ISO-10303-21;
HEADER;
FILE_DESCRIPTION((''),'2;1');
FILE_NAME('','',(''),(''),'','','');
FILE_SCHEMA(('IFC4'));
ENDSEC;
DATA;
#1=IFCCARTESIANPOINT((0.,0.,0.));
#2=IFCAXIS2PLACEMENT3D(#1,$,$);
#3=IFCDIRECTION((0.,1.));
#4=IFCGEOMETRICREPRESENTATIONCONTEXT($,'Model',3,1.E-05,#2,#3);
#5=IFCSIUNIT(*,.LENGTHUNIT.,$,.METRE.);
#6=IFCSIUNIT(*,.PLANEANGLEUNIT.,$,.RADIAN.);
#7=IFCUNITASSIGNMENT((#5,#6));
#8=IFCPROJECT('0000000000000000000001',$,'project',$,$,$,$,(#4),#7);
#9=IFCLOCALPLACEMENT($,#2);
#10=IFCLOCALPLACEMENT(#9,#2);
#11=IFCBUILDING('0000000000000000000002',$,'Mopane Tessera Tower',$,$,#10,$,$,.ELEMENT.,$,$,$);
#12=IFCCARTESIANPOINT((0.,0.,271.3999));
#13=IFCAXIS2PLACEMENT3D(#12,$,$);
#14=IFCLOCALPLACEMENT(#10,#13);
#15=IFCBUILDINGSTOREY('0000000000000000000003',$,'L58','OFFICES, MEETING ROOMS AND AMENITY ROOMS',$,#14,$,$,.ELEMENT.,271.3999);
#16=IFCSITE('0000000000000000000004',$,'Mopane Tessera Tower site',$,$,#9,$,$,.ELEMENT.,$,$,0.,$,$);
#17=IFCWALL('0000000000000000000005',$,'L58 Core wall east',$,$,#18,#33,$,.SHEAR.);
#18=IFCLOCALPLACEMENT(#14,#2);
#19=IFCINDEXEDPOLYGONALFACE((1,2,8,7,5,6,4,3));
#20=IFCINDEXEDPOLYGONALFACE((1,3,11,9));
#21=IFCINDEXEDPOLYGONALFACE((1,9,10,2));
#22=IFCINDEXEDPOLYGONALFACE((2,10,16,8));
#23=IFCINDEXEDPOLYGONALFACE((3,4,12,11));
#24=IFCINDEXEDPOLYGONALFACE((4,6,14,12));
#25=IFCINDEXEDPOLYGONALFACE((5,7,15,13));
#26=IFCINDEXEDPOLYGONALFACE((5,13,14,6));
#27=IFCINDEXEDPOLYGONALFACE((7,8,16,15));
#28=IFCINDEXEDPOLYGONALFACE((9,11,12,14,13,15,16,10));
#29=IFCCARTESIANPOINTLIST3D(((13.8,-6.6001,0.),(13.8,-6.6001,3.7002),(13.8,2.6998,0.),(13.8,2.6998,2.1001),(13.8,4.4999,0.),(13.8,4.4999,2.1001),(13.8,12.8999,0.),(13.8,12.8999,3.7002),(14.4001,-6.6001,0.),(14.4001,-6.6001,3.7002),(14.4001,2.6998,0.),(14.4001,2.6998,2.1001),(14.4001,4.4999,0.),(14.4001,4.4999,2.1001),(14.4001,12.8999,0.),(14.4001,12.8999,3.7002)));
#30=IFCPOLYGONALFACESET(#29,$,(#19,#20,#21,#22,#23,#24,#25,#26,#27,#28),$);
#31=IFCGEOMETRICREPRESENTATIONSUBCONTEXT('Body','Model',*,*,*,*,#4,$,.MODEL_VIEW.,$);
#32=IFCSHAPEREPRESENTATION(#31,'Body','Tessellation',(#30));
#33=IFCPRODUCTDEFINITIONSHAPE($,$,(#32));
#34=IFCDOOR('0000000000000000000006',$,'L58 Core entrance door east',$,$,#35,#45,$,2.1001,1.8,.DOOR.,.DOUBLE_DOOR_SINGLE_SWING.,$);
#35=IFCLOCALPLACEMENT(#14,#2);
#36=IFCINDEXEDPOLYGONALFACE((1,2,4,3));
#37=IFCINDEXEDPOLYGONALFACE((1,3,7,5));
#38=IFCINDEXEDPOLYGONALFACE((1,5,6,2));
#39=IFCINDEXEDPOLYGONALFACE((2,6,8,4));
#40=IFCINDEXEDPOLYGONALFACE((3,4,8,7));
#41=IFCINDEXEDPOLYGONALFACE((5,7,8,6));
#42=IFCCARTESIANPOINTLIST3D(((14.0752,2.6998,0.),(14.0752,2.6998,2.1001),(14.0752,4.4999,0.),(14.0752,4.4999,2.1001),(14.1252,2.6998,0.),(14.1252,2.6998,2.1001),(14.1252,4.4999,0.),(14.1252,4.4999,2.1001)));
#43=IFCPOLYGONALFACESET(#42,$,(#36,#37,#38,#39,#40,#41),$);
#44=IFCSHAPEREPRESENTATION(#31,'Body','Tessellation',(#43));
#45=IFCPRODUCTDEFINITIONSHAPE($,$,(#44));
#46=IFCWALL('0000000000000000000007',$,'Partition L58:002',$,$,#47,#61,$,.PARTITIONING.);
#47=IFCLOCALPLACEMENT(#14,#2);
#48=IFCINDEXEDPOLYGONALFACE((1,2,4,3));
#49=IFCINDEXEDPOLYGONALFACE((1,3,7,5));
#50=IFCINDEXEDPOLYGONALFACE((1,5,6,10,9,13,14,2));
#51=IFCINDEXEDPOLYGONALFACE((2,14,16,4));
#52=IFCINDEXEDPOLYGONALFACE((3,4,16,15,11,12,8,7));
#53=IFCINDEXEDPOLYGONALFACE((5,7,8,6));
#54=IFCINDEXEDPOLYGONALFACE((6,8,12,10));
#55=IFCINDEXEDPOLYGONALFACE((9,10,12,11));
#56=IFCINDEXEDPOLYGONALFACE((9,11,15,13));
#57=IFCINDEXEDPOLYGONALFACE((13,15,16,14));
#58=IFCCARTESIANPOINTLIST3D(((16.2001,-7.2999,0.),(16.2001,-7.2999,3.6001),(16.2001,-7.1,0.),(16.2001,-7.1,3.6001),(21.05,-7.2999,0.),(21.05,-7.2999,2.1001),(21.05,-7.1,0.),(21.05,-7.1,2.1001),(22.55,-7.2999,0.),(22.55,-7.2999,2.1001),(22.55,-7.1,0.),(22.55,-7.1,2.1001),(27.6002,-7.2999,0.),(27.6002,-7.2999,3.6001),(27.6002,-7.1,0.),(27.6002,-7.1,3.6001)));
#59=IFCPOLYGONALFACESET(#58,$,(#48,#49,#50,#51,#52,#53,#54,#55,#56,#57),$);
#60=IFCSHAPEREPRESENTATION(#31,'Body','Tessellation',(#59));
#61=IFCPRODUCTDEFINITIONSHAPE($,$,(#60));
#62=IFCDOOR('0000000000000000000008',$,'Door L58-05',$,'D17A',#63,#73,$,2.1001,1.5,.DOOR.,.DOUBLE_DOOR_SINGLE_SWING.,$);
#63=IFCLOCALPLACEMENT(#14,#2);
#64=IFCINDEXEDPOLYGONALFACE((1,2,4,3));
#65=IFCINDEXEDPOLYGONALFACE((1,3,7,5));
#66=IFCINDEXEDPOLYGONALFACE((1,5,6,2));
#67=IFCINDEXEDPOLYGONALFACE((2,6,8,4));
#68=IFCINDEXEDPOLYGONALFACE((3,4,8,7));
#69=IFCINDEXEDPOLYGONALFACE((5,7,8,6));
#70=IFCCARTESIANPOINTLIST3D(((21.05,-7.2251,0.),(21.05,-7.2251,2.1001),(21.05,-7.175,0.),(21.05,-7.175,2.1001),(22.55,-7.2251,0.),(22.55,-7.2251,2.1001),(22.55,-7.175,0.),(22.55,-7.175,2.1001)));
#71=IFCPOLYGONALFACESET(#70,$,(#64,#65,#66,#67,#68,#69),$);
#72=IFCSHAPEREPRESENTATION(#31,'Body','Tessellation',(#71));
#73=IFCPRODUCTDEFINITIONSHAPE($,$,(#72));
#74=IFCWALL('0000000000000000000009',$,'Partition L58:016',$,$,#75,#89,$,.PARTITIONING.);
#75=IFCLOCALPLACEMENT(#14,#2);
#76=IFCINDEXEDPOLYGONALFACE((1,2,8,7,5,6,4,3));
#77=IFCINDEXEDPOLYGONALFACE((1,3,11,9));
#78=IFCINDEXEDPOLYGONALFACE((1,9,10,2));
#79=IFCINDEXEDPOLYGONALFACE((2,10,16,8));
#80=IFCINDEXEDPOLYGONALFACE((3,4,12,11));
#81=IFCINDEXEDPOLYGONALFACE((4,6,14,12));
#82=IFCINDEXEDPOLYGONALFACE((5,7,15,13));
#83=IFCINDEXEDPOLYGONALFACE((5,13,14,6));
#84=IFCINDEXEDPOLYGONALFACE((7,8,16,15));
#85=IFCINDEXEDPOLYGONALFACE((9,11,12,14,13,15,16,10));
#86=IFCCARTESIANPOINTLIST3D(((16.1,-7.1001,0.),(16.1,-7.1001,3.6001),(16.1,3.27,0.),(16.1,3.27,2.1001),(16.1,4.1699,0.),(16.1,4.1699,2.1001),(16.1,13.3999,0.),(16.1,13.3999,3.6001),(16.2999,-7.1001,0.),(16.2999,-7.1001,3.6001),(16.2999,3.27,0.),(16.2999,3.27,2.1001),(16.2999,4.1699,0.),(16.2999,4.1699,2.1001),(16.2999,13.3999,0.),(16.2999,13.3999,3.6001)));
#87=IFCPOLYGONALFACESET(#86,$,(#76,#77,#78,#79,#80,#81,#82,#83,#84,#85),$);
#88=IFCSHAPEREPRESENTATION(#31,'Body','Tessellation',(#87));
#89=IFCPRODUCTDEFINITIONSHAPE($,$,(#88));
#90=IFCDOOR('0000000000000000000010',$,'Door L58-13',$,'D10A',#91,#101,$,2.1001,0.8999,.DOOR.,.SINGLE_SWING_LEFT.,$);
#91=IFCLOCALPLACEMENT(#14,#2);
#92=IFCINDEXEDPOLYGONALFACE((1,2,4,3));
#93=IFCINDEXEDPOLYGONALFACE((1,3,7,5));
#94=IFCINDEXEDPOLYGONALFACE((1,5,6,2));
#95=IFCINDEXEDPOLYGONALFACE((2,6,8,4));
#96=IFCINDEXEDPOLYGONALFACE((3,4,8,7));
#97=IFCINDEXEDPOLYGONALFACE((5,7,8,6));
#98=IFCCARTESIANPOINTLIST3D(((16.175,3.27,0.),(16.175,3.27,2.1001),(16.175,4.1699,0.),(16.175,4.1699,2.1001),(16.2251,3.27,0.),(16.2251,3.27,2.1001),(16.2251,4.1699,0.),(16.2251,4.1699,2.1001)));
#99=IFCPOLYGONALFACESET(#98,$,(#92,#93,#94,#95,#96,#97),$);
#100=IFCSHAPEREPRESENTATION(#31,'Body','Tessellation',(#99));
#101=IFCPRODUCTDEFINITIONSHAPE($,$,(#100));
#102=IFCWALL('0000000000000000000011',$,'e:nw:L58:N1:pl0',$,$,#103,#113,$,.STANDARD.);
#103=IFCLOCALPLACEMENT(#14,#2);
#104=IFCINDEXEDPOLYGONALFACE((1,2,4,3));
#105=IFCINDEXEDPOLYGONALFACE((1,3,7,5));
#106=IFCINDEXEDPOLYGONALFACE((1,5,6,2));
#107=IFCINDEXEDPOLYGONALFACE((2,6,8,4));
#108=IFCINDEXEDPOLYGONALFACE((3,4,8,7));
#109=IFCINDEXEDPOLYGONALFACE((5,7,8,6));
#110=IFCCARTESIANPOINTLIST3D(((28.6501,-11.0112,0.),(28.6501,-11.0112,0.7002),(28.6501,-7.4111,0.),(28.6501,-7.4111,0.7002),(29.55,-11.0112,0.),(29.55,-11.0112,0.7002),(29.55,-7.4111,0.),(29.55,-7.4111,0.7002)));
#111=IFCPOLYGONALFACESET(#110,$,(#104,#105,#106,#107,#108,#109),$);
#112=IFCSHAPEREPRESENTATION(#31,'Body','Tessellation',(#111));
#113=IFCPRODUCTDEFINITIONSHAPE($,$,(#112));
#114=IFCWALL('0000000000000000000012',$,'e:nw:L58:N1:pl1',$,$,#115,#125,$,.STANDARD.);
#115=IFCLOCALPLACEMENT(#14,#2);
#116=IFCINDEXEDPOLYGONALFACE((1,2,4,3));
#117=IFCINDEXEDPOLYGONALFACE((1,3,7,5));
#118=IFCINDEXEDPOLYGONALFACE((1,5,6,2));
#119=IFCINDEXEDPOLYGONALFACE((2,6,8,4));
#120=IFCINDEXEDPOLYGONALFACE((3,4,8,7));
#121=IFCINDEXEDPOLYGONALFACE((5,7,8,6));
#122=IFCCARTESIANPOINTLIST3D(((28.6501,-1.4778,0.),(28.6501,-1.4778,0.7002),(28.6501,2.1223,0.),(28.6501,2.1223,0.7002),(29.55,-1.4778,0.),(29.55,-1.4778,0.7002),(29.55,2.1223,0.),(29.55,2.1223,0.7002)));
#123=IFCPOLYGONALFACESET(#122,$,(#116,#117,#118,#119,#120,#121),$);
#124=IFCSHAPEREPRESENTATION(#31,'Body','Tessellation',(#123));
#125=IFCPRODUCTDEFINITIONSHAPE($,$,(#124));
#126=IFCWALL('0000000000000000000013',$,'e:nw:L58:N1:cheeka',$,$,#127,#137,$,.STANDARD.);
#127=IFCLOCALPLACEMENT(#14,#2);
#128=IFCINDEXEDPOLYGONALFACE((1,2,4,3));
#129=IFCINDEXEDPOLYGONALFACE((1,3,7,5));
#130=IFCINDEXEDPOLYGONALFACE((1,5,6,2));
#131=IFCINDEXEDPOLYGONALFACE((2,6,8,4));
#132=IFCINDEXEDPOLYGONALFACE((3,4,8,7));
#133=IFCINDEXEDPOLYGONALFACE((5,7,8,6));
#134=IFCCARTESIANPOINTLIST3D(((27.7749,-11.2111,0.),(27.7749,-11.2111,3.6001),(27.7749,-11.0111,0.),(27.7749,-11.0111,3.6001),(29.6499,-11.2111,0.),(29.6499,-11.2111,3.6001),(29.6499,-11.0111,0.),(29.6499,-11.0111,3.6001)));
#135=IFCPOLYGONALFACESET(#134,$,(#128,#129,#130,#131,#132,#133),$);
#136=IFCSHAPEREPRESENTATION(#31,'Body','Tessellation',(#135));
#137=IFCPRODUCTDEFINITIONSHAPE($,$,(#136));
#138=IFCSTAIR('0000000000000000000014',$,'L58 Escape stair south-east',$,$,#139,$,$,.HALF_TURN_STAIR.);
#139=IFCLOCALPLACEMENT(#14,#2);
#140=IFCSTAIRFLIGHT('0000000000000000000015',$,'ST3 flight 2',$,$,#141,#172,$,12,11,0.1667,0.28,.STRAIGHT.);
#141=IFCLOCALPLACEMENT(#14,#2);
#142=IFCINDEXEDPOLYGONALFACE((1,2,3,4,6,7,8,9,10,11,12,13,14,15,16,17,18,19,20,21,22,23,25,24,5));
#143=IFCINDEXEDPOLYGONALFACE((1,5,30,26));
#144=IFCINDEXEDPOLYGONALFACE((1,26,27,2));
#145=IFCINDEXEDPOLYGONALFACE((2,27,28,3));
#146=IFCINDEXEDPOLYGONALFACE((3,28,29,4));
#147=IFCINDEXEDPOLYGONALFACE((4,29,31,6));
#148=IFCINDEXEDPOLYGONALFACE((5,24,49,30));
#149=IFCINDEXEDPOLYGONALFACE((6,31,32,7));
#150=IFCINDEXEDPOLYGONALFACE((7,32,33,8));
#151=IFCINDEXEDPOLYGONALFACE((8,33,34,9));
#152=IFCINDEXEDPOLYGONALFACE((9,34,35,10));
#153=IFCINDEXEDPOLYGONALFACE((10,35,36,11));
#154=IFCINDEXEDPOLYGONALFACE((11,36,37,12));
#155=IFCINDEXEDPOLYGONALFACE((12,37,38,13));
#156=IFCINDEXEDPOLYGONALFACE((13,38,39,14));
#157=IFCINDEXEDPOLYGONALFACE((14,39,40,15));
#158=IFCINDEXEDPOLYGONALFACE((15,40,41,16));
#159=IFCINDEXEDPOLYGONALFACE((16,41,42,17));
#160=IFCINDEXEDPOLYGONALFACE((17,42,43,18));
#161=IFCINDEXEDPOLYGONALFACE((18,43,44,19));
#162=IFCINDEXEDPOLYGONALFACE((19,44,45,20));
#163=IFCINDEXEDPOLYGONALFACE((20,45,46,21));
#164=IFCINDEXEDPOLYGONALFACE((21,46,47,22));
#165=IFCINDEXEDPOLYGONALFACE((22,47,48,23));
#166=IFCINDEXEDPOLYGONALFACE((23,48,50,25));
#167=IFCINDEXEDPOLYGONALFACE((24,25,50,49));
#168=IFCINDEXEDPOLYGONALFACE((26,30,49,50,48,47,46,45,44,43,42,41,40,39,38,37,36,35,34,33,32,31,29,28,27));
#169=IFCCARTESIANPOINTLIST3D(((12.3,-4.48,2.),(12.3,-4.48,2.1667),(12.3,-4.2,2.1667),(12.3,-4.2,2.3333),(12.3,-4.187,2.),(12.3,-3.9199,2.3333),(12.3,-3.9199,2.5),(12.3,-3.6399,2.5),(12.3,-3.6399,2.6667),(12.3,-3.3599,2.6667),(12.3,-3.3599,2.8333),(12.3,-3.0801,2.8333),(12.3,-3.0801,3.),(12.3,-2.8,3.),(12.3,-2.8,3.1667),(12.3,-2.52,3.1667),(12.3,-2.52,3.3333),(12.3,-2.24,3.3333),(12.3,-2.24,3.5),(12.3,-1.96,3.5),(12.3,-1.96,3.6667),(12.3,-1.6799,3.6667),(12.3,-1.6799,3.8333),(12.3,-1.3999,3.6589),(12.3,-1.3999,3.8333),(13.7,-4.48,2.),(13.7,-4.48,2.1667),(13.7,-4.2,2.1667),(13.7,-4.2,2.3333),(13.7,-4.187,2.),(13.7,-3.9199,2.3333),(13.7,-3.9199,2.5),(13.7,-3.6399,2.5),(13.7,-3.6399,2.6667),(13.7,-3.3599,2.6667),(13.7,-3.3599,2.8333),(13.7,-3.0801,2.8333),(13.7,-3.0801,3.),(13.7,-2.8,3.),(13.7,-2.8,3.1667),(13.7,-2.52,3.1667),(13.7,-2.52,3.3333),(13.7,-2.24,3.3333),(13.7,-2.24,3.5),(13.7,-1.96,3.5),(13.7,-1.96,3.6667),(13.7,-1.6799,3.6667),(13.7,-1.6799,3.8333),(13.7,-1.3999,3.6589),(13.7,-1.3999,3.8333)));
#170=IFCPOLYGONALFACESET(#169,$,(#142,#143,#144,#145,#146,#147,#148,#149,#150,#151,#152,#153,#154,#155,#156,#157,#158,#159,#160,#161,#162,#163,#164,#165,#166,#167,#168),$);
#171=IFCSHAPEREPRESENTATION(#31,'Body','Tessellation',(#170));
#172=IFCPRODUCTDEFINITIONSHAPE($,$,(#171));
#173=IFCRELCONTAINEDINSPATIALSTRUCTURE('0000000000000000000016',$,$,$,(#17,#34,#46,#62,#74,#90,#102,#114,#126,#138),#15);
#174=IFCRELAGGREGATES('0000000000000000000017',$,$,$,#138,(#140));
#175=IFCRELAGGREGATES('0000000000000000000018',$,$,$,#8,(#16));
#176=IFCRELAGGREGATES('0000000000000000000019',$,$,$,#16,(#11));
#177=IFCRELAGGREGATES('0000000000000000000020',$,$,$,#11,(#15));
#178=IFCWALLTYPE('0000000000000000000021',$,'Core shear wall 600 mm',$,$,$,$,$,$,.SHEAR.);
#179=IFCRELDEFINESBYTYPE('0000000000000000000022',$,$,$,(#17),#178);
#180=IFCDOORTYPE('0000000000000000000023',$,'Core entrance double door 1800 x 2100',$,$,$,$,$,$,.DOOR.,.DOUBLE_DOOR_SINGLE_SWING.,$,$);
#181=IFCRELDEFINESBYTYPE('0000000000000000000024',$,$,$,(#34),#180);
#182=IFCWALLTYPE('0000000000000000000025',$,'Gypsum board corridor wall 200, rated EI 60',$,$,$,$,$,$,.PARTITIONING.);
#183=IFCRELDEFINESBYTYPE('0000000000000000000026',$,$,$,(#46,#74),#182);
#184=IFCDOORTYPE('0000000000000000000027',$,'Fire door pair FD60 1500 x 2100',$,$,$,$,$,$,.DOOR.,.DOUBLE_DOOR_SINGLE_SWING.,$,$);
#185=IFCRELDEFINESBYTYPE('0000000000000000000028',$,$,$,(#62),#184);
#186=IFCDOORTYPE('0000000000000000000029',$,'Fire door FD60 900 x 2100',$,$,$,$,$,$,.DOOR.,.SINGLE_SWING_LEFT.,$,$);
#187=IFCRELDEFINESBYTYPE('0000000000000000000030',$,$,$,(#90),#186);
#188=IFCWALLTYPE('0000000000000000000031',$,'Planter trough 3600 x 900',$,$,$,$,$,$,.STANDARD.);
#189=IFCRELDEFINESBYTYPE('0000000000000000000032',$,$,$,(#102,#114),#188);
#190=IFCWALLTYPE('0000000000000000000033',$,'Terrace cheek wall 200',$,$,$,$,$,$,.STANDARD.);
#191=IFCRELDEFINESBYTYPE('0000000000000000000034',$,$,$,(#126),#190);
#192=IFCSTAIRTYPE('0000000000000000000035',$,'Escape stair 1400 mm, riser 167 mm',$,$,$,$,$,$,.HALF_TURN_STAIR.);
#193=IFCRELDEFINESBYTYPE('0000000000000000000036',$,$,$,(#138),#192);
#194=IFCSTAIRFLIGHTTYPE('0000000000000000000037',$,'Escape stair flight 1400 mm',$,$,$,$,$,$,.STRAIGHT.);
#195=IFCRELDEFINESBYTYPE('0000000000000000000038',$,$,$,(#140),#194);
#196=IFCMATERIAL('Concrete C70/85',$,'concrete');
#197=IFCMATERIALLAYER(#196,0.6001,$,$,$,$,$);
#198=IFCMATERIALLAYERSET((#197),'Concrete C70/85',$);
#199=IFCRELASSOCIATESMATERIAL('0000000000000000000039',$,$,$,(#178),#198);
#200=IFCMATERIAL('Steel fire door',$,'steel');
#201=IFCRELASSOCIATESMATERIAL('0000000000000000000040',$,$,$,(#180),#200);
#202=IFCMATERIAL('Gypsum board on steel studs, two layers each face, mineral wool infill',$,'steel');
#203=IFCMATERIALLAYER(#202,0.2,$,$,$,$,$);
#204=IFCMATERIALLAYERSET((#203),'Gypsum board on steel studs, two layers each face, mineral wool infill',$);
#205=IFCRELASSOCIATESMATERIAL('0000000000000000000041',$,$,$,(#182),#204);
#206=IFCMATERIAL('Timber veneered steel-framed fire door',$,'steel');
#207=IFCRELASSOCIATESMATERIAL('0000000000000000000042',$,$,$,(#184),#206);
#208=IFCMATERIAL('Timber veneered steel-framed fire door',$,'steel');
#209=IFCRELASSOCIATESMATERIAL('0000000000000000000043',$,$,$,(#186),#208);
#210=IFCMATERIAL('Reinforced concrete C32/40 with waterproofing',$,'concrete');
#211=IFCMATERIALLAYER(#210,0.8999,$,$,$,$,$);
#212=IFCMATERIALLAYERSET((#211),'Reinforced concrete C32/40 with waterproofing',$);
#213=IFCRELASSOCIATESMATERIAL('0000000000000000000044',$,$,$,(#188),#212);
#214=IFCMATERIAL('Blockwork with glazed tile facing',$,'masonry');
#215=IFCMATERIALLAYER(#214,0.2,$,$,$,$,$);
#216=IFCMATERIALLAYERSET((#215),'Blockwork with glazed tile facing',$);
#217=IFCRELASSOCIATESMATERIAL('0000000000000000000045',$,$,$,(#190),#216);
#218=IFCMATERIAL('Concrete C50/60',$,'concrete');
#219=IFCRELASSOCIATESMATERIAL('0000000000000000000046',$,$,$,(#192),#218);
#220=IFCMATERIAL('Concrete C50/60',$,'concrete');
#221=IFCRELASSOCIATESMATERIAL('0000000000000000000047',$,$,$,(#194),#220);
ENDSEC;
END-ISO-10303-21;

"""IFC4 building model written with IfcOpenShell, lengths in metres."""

from ifc_helpers import new_model, si_unit, direction, frame, frame_2d, origin, place, context, subcontext, project, spatial, polyline, rectangle, outline, extrude, material, layer, layer_set, type_object, element, fill, aggregate, save


model = new_model("IFC4")

# Units and contexts
model_context = context("Model", 3, precision=1e-05, world=origin(), true_north=direction((0.0, 1.0)))
body_context = subcontext(model_context, "Body", "Model", "MODEL_VIEW")
ifc_project = project(units=[si_unit("LENGTHUNIT", "METRE"), si_unit("PLANEANGLEUNIT", "RADIAN")], contexts=[model_context])

# Site, building, storey
site_placement = place(None, origin())
site = spatial("IfcSite", under=ifc_project, at=site_placement, Name="Mopane Tessera Tower site", CompositionType="ELEMENT", RefElevation=0.0)
building_placement = place(site_placement, origin())
building = spatial("IfcBuilding", under=site, at=building_placement, Name="Mopane Tessera Tower", CompositionType="ELEMENT")
storey_placement = place(building_placement, frame((0.0, 0.0, 271.3999)))
storey = spatial("IfcBuildingStorey", under=building, at=storey_placement, Name="L58", Description="OFFICES, MEETING ROOMS AND AMENITY ROOMS", CompositionType="ELEMENT", Elevation=271.3999)

# Walls, openings, doors
ifc_material_1 = material(Name="Concrete C70/85", Category="concrete")
ifc_layer_1 = layer(ifc_material_1, 0.6001)
ifc_layer_set_1 = layer_set([ifc_layer_1], Name="Concrete C70/85")
wall_type_1 = type_object("IfcWallType", Name="Core shear wall 600 mm", PredefinedType="SHEAR", material=ifc_layer_set_1)
wall_1_placement = place(storey_placement, frame((14.1001, -6.6001, 0.0), z_axis=(0.0, 0.0, 1.0), x_axis=(0.0, 1.0, 0.0)))
wall_1 = element("IfcWall", 1, at=wall_1_placement, inside=storey, type_object=wall_type_1, Name="L58 Core wall east", PredefinedType="SHEAR", context=body_context, shape_type="SweptSolid", body=[
    extrude(rectangle(XDim=19.5, YDim=0.6001, at=frame_2d((9.75, 0.0))), origin(), (0.0, 0.0, 1.0), 3.7002),
])
opening_1_placement = place(wall_1_placement, frame((9.3, 0.0, 0.0)))
opening_1 = element("IfcOpeningElement", 2, at=opening_1_placement, cuts=wall_1, PredefinedType="OPENING", context=body_context, shape_type="SweptSolid", body=[
    extrude(rectangle(XDim=1.8, YDim=2.1001, at=frame_2d((0.8999, 1.05))), frame((0.0, 0.312, 0.0), z_axis=(0.0, -1.0, 0.0), x_axis=(1.0, 0.0, 0.0)), (0.0, 0.0, 1.0), 0.624),
])
ifc_material_2 = material(Name="Steel fire door", Category="steel")
door_type_1 = type_object("IfcDoorType", Name="Core entrance double door 1800 x 2100", OperationType="DOUBLE_DOOR_SINGLE_SWING", PredefinedType="DOOR", material=ifc_material_2)
door_1_placement = place(opening_1_placement, origin())
door_1 = element("IfcDoor", 3, at=door_1_placement, inside=storey, type_object=door_type_1, Name="L58 Core entrance door east", OperationType="DOUBLE_DOOR_SINGLE_SWING", OverallHeight=2.1001, OverallWidth=1.8, PredefinedType="DOOR", context=body_context, shape_type="SweptSolid", body=[
    extrude(rectangle(XDim=1.8, YDim=2.1001, at=frame_2d((0.8999, 1.05))), frame((0.0, 0.0249, 0.0), z_axis=(0.0, -1.0, 0.0), x_axis=(1.0, 0.0, 0.0)), (0.0, 0.0, 1.0), 0.05),
])
fill(opening_1, door_1)
ifc_material_3 = material(Name="Gypsum board on steel studs, two layers each face, mineral wool infill", Category="steel")
ifc_layer_2 = layer(ifc_material_3, 0.2)
ifc_layer_set_2 = layer_set([ifc_layer_2], Name="Gypsum board on steel studs, two layers each face, mineral wool infill")
wall_type_2 = type_object("IfcWallType", Name="Gypsum board corridor wall 200, rated EI 60", PredefinedType="PARTITIONING", material=ifc_layer_set_2)
wall_2_placement = place(storey_placement, frame((16.2, -7.2, 0.0), z_axis=(0.0, 0.0, 1.0), x_axis=(1.0, 0.0, 0.0)))
wall_2 = element("IfcWall", 4, at=wall_2_placement, inside=storey, type_object=wall_type_2, Name="Partition L58:002", PredefinedType="PARTITIONING", context=body_context, shape_type="SweptSolid", body=[
    extrude(rectangle(XDim=11.4001, YDim=0.2, at=frame_2d((5.7002, 0.0))), origin(), (0.0, 0.0, 1.0), 3.6001),
])
opening_2_placement = place(wall_2_placement, frame((4.8501, 0.0, 0.0)))
opening_2 = element("IfcOpeningElement", 5, at=opening_2_placement, cuts=wall_2, PredefinedType="OPENING", context=body_context, shape_type="SweptSolid", body=[
    extrude(rectangle(XDim=1.5, YDim=2.1001, at=frame_2d((0.75, 1.05))), frame((0.0, 0.1121, 0.0), z_axis=(0.0, -1.0, 0.0), x_axis=(1.0, 0.0, 0.0)), (0.0, 0.0, 1.0), 0.2239),
])
ifc_material_4 = material(Name="Timber veneered steel-framed fire door", Category="steel")
door_type_2 = type_object("IfcDoorType", Name="Fire door pair FD60 1500 x 2100", OperationType="DOUBLE_DOOR_SINGLE_SWING", PredefinedType="DOOR", material=ifc_material_4)
door_2_placement = place(opening_2_placement, origin())
door_2 = element("IfcDoor", 6, at=door_2_placement, inside=storey, type_object=door_type_2, Name="Door L58-05", ObjectType="D17A", OperationType="DOUBLE_DOOR_SINGLE_SWING", OverallHeight=2.1001, OverallWidth=1.5, PredefinedType="DOOR", context=body_context, shape_type="SweptSolid", body=[
    extrude(rectangle(XDim=1.5, YDim=2.1001, at=frame_2d((0.75, 1.05))), frame((0.0, 0.0249, 0.0), z_axis=(0.0, -1.0, 0.0), x_axis=(1.0, 0.0, 0.0)), (0.0, 0.0, 1.0), 0.05),
])
fill(opening_2, door_2)
wall_3_placement = place(storey_placement, frame((16.2, -7.1001, 0.0), z_axis=(0.0, 0.0, 1.0), x_axis=(0.0, 1.0, 0.0)))
wall_3 = element("IfcWall", 7, at=wall_3_placement, inside=storey, type_object=wall_type_2, Name="Partition L58:016", PredefinedType="PARTITIONING", context=body_context, shape_type="SweptSolid", body=[
    extrude(rectangle(XDim=20.5, YDim=0.2, at=frame_2d((10.25, 0.0))), origin(), (0.0, 0.0, 1.0), 3.6001),
])
opening_3_placement = place(wall_3_placement, frame((10.3701, 0.0, 0.0)))
opening_3 = element("IfcOpeningElement", 8, at=opening_3_placement, cuts=wall_3, PredefinedType="OPENING", context=body_context, shape_type="SweptSolid", body=[
    extrude(rectangle(XDim=0.8999, YDim=2.1001, at=frame_2d((0.45, 1.05))), frame((0.0, 0.1121, 0.0), z_axis=(0.0, -1.0, 0.0), x_axis=(1.0, 0.0, 0.0)), (0.0, 0.0, 1.0), 0.2239),
])
ifc_material_5 = material(Name="Timber veneered steel-framed fire door", Category="steel")
door_type_3 = type_object("IfcDoorType", Name="Fire door FD60 900 x 2100", OperationType="SINGLE_SWING_LEFT", PredefinedType="DOOR", material=ifc_material_5)
door_3_placement = place(opening_3_placement, origin())
door_3 = element("IfcDoor", 9, at=door_3_placement, inside=storey, type_object=door_type_3, Name="Door L58-13", ObjectType="D10A", OperationType="SINGLE_SWING_LEFT", OverallHeight=2.1001, OverallWidth=0.8999, PredefinedType="DOOR", context=body_context, shape_type="SweptSolid", body=[
    extrude(rectangle(XDim=0.8999, YDim=2.1001, at=frame_2d((0.45, 1.05))), frame((0.0, 0.0249, 0.0), z_axis=(0.0, -1.0, 0.0), x_axis=(1.0, 0.0, 0.0)), (0.0, 0.0, 1.0), 0.05),
])
fill(opening_3, door_3)

# Walls
ifc_material_6 = material(Name="Reinforced concrete C32/40 with waterproofing", Category="concrete")
ifc_layer_3 = layer(ifc_material_6, 0.8999)
ifc_layer_set_3 = layer_set([ifc_layer_3], Name="Reinforced concrete C32/40 with waterproofing")
wall_type_3 = type_object("IfcWallType", Name="Planter trough 3600 x 900", PredefinedType="STANDARD", material=ifc_layer_set_3)
for number, where, z_axis, x_axis, name in (
    (10, (29.1001, -11.0112, 0.0), (0.0, 0.0, 1.0), (0.0, 1.0, 0.0), "e:nw:L58:N1:pl0"),
    (11, (29.1001, -1.4778, 0.0), (0.0, 0.0, 1.0), (0.0, 1.0, 0.0), "e:nw:L58:N1:pl1"),
):
    element("IfcWall", number, at=place(storey_placement, frame(where, z_axis=z_axis, x_axis=x_axis)), inside=storey, type_object=wall_type_3, Name=name, PredefinedType="STANDARD", context=body_context, shape_type="SweptSolid", body=[
        extrude(rectangle(XDim=3.6001, YDim=0.8999, at=frame_2d((1.8, 0.0))), origin(), (0.0, 0.0, 1.0), 0.7002),
    ])
ifc_material_7 = material(Name="Blockwork with glazed tile facing", Category="masonry")
ifc_layer_4 = layer(ifc_material_7, 0.2)
ifc_layer_set_4 = layer_set([ifc_layer_4], Name="Blockwork with glazed tile facing")
wall_type_4 = type_object("IfcWallType", Name="Terrace cheek wall 200", PredefinedType="STANDARD", material=ifc_layer_set_4)
wall_4_placement = place(storey_placement, frame((29.6499, -11.1111, 0.0), z_axis=(0.0, 0.0, 1.0), x_axis=(-1.0, 0.0, 0.0)))
element("IfcWall", 12, at=wall_4_placement, inside=storey, type_object=wall_type_4, Name="e:nw:L58:N1:cheeka", PredefinedType="STANDARD", context=body_context, shape_type="SweptSolid", body=[
    extrude(rectangle(XDim=1.875, YDim=0.2, at=frame_2d((0.9375, 0.0))), origin(), (0.0, 0.0, 1.0), 3.6001),
])

# Stair, stair flight
ifc_material_8 = material(Name="Concrete C50/60", Category="concrete")
stair_type = type_object("IfcStairType", Name="Escape stair 1400 mm, riser 167 mm", PredefinedType="HALF_TURN_STAIR", material=ifc_material_8)
stair_placement = place(storey_placement, origin())
stair = element("IfcStair", 13, at=stair_placement, inside=storey, type_object=stair_type, Name="L58 Escape stair south-east", PredefinedType="HALF_TURN_STAIR")
ifc_material_9 = material(Name="Concrete C50/60", Category="concrete")
stair_flight_type = type_object("IfcStairFlightType", Name="Escape stair flight 1400 mm", PredefinedType="STRAIGHT", material=ifc_material_9)
stair_flight_placement = place(storey_placement, frame((13.0, -4.48, 2.0), z_axis=(0.0, 0.0, 1.0), x_axis=(0.0, 1.0, 0.0)))
stair_flight = element("IfcStairFlight", 14, at=stair_flight_placement, type_object=stair_flight_type, Name="ST3 flight 2", NumberOfRisers=12, NumberOfTreads=11, PredefinedType="STRAIGHT", RiserHeight=0.1667, TreadLength=0.28, context=body_context, shape_type="SweptSolid", body=[
    extrude(outline(polyline([(0.0, 0.0), (0.0, 0.1667), (0.28, 0.1667), (0.28, 0.3333), (0.5601, 0.3333), (0.5601, 0.5), (0.8401, 0.5), (0.8401, 0.6667), (1.1201, 0.6667), (1.1201, 0.8333), (1.3999, 0.8333), (1.3999, 1.0), (1.6799, 1.0), (1.6799, 1.1667), (1.96, 1.1667), (1.96, 1.3333), (2.24, 1.3333), (2.24, 1.5), (2.52, 1.5), (2.52, 1.6667), (2.8, 1.6667), (2.8, 1.8333), (3.0801, 1.8333), (3.0801, 2.0), (3.0801, 1.6589), (0.293, 0.0), (0.0, 0.0)])), frame((0.0, 0.7, 0.0), z_axis=(0.0, -1.0, 0.0), x_axis=(1.0, 0.0, 0.0)), (0.0, 0.0, 1.0), 1.3999),
])
aggregate(stair, [stair_flight])

save(model, "model.ifc")
